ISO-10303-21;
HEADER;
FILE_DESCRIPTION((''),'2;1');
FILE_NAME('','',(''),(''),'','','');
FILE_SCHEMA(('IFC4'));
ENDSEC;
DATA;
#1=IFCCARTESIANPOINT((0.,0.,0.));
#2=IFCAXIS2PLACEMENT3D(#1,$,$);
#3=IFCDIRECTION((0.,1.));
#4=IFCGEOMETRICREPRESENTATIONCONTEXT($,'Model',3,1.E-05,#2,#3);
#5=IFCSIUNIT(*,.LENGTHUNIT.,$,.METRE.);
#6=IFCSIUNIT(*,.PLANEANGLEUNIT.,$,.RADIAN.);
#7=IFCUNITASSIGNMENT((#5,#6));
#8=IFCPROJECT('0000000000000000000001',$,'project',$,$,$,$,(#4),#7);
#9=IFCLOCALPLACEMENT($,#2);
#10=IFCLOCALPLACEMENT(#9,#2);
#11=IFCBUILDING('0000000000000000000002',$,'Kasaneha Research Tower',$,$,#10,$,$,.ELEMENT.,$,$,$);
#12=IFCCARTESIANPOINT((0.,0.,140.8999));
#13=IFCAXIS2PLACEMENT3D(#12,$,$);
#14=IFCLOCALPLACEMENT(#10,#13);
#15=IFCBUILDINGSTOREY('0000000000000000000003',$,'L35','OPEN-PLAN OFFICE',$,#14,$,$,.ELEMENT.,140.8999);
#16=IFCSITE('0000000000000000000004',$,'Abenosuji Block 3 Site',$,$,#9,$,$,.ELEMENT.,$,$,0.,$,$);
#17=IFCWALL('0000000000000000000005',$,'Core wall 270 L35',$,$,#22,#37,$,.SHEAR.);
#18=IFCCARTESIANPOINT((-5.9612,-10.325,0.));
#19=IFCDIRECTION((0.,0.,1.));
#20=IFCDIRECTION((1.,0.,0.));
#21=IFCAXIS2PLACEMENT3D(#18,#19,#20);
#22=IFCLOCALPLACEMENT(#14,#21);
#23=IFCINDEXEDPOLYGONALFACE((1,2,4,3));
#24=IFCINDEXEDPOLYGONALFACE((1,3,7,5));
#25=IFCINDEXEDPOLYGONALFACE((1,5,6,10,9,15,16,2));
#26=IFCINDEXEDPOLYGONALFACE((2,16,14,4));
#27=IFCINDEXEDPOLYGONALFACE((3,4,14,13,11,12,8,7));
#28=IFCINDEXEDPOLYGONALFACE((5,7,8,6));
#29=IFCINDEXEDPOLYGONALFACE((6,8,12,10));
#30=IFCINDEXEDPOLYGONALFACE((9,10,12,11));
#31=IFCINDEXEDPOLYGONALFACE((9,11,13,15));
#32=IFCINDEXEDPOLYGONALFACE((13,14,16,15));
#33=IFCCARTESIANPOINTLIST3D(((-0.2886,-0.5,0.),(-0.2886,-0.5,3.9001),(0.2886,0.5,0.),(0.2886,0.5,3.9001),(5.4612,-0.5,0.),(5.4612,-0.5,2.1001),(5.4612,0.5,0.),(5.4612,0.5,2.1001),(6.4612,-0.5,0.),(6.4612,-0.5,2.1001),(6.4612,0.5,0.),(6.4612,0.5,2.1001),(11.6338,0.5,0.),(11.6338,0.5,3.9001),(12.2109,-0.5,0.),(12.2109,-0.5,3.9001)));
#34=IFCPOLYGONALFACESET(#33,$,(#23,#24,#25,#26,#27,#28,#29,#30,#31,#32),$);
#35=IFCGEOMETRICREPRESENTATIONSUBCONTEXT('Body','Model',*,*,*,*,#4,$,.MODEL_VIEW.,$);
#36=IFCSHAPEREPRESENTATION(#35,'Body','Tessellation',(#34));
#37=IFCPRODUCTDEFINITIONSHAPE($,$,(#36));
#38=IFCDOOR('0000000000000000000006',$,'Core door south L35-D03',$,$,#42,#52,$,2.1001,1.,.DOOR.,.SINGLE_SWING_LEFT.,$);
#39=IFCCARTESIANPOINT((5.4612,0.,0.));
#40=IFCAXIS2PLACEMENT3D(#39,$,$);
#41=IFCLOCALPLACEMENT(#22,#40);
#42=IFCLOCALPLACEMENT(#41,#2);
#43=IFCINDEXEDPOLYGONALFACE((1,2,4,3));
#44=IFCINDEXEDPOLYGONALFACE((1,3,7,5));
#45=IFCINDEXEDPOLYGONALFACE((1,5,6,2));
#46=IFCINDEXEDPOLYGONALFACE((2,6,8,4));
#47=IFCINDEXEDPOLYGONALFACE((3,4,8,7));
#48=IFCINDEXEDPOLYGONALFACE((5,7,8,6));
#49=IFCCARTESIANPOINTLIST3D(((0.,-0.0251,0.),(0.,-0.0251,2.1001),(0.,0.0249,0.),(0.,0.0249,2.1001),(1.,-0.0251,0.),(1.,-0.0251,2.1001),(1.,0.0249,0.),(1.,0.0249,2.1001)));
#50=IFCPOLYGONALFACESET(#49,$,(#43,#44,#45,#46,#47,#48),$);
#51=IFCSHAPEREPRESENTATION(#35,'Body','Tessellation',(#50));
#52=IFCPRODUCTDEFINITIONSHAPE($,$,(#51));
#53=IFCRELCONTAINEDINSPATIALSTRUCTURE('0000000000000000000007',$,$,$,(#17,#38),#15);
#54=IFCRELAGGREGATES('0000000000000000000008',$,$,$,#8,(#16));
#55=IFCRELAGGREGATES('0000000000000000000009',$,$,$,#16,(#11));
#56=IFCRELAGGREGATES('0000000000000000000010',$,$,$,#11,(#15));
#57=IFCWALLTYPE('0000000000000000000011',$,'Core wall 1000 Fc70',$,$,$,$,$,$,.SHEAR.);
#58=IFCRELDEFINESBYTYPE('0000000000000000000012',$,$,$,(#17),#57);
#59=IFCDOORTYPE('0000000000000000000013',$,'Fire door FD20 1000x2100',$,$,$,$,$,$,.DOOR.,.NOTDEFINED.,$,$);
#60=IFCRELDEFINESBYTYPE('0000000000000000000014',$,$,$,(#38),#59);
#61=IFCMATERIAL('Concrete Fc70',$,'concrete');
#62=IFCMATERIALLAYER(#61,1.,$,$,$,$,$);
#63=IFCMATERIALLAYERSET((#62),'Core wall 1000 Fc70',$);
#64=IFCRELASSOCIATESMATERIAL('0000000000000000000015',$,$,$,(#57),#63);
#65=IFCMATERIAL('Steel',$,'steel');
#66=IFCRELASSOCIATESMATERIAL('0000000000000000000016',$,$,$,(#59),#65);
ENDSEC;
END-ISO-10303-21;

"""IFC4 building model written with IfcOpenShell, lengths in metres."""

from ifc_helpers import new_model, si_unit, direction, frame, frame_2d, origin, place, context, subcontext, project, spatial, polyline, rectangle, outline, extrude, material, layer, layer_set, type_object, element, fill, save


model = new_model("IFC4")

# Units and contexts
model_context = context("Model", 3, precision=1e-05, world=origin(), true_north=direction((0.0, 1.0)))
body_context = subcontext(model_context, "Body", "Model", "MODEL_VIEW")
ifc_project = project(units=[si_unit("LENGTHUNIT", "METRE"), si_unit("PLANEANGLEUNIT", "RADIAN")], contexts=[model_context])

# Site, building, storey
site_placement = place(None, origin())
site = spatial("IfcSite", under=ifc_project, at=site_placement, Name="Abenosuji Block 3 Site", CompositionType="ELEMENT", RefElevation=0.0)
building_placement = place(site_placement, origin())
building = spatial("IfcBuilding", under=site, at=building_placement, Name="Kasaneha Research Tower", CompositionType="ELEMENT")
storey_placement = place(building_placement, frame((0.0, 0.0, 140.8999)))
storey = spatial("IfcBuildingStorey", under=building, at=storey_placement, Name="L35", Description="OPEN-PLAN OFFICE", CompositionType="ELEMENT", Elevation=140.8999)

# Wall, opening, door
ifc_material_1 = material(Name="Concrete Fc70", Category="concrete")
ifc_layer_1 = layer(ifc_material_1, 1.0)
ifc_layer_set_1 = layer_set([ifc_layer_1], Name="Core wall 1000 Fc70")
wall_type_1 = type_object("IfcWallType", Name="Core wall 1000 Fc70", PredefinedType="SHEAR", material=ifc_layer_set_1)
wall_1_placement = place(storey_placement, frame((-5.9612, -10.325, 0.0), z_axis=(0.0, 0.0, 1.0), x_axis=(1.0, 0.0, 0.0)))
wall_1 = element("IfcWall", 1, at=wall_1_placement, inside=storey, type_object=wall_type_1, Name="Core wall 270 L35", PredefinedType="SHEAR", context=body_context, shape_type="SweptSolid", body=[
    extrude(outline(polyline([(-0.2886, -0.5), (5.4612, -0.5), (6.4612, -0.5), (12.2109, -0.5), (11.6338, 0.5), (6.4612, 0.5), (5.4612, 0.5), (0.2886, 0.5), (-0.2886, -0.5)])), origin(), (0.0, 0.0, 1.0), 3.9001),
])
opening_1_placement = place(wall_1_placement, frame((5.4612, 0.0, 0.0)))
opening_1 = element("IfcOpeningElement", 2, at=opening_1_placement, cuts=wall_1, PredefinedType="OPENING", context=body_context, shape_type="SweptSolid", body=[
    extrude(rectangle(XDim=1.0, YDim=2.1001, at=frame_2d((0.5, 1.05))), frame((0.0, 0.51, 0.0), z_axis=(0.0, -1.0, 0.0), x_axis=(1.0, 0.0, 0.0)), (0.0, 0.0, 1.0), 1.02),
])
ifc_material_2 = material(Name="Steel", Category="steel")
door_type_1 = type_object("IfcDoorType", Name="Fire door FD20 1000x2100", OperationType="NOTDEFINED", PredefinedType="DOOR", material=ifc_material_2)
door_1_placement = place(opening_1_placement, origin())
door_1 = element("IfcDoor", 3, at=door_1_placement, inside=storey, type_object=door_type_1, Name="Core door south L35-D03", OperationType="SINGLE_SWING_LEFT", OverallHeight=2.1001, OverallWidth=1.0, PredefinedType="DOOR", context=body_context, shape_type="SweptSolid", body=[
    extrude(rectangle(XDim=1.0, YDim=2.1001, at=frame_2d((0.5, 1.05))), frame((0.0, 0.0249, 0.0), z_axis=(0.0, -1.0, 0.0), x_axis=(1.0, 0.0, 0.0)), (0.0, 0.0, 1.0), 0.05),
])
fill(opening_1, door_1)

save(model, "model.ifc")
